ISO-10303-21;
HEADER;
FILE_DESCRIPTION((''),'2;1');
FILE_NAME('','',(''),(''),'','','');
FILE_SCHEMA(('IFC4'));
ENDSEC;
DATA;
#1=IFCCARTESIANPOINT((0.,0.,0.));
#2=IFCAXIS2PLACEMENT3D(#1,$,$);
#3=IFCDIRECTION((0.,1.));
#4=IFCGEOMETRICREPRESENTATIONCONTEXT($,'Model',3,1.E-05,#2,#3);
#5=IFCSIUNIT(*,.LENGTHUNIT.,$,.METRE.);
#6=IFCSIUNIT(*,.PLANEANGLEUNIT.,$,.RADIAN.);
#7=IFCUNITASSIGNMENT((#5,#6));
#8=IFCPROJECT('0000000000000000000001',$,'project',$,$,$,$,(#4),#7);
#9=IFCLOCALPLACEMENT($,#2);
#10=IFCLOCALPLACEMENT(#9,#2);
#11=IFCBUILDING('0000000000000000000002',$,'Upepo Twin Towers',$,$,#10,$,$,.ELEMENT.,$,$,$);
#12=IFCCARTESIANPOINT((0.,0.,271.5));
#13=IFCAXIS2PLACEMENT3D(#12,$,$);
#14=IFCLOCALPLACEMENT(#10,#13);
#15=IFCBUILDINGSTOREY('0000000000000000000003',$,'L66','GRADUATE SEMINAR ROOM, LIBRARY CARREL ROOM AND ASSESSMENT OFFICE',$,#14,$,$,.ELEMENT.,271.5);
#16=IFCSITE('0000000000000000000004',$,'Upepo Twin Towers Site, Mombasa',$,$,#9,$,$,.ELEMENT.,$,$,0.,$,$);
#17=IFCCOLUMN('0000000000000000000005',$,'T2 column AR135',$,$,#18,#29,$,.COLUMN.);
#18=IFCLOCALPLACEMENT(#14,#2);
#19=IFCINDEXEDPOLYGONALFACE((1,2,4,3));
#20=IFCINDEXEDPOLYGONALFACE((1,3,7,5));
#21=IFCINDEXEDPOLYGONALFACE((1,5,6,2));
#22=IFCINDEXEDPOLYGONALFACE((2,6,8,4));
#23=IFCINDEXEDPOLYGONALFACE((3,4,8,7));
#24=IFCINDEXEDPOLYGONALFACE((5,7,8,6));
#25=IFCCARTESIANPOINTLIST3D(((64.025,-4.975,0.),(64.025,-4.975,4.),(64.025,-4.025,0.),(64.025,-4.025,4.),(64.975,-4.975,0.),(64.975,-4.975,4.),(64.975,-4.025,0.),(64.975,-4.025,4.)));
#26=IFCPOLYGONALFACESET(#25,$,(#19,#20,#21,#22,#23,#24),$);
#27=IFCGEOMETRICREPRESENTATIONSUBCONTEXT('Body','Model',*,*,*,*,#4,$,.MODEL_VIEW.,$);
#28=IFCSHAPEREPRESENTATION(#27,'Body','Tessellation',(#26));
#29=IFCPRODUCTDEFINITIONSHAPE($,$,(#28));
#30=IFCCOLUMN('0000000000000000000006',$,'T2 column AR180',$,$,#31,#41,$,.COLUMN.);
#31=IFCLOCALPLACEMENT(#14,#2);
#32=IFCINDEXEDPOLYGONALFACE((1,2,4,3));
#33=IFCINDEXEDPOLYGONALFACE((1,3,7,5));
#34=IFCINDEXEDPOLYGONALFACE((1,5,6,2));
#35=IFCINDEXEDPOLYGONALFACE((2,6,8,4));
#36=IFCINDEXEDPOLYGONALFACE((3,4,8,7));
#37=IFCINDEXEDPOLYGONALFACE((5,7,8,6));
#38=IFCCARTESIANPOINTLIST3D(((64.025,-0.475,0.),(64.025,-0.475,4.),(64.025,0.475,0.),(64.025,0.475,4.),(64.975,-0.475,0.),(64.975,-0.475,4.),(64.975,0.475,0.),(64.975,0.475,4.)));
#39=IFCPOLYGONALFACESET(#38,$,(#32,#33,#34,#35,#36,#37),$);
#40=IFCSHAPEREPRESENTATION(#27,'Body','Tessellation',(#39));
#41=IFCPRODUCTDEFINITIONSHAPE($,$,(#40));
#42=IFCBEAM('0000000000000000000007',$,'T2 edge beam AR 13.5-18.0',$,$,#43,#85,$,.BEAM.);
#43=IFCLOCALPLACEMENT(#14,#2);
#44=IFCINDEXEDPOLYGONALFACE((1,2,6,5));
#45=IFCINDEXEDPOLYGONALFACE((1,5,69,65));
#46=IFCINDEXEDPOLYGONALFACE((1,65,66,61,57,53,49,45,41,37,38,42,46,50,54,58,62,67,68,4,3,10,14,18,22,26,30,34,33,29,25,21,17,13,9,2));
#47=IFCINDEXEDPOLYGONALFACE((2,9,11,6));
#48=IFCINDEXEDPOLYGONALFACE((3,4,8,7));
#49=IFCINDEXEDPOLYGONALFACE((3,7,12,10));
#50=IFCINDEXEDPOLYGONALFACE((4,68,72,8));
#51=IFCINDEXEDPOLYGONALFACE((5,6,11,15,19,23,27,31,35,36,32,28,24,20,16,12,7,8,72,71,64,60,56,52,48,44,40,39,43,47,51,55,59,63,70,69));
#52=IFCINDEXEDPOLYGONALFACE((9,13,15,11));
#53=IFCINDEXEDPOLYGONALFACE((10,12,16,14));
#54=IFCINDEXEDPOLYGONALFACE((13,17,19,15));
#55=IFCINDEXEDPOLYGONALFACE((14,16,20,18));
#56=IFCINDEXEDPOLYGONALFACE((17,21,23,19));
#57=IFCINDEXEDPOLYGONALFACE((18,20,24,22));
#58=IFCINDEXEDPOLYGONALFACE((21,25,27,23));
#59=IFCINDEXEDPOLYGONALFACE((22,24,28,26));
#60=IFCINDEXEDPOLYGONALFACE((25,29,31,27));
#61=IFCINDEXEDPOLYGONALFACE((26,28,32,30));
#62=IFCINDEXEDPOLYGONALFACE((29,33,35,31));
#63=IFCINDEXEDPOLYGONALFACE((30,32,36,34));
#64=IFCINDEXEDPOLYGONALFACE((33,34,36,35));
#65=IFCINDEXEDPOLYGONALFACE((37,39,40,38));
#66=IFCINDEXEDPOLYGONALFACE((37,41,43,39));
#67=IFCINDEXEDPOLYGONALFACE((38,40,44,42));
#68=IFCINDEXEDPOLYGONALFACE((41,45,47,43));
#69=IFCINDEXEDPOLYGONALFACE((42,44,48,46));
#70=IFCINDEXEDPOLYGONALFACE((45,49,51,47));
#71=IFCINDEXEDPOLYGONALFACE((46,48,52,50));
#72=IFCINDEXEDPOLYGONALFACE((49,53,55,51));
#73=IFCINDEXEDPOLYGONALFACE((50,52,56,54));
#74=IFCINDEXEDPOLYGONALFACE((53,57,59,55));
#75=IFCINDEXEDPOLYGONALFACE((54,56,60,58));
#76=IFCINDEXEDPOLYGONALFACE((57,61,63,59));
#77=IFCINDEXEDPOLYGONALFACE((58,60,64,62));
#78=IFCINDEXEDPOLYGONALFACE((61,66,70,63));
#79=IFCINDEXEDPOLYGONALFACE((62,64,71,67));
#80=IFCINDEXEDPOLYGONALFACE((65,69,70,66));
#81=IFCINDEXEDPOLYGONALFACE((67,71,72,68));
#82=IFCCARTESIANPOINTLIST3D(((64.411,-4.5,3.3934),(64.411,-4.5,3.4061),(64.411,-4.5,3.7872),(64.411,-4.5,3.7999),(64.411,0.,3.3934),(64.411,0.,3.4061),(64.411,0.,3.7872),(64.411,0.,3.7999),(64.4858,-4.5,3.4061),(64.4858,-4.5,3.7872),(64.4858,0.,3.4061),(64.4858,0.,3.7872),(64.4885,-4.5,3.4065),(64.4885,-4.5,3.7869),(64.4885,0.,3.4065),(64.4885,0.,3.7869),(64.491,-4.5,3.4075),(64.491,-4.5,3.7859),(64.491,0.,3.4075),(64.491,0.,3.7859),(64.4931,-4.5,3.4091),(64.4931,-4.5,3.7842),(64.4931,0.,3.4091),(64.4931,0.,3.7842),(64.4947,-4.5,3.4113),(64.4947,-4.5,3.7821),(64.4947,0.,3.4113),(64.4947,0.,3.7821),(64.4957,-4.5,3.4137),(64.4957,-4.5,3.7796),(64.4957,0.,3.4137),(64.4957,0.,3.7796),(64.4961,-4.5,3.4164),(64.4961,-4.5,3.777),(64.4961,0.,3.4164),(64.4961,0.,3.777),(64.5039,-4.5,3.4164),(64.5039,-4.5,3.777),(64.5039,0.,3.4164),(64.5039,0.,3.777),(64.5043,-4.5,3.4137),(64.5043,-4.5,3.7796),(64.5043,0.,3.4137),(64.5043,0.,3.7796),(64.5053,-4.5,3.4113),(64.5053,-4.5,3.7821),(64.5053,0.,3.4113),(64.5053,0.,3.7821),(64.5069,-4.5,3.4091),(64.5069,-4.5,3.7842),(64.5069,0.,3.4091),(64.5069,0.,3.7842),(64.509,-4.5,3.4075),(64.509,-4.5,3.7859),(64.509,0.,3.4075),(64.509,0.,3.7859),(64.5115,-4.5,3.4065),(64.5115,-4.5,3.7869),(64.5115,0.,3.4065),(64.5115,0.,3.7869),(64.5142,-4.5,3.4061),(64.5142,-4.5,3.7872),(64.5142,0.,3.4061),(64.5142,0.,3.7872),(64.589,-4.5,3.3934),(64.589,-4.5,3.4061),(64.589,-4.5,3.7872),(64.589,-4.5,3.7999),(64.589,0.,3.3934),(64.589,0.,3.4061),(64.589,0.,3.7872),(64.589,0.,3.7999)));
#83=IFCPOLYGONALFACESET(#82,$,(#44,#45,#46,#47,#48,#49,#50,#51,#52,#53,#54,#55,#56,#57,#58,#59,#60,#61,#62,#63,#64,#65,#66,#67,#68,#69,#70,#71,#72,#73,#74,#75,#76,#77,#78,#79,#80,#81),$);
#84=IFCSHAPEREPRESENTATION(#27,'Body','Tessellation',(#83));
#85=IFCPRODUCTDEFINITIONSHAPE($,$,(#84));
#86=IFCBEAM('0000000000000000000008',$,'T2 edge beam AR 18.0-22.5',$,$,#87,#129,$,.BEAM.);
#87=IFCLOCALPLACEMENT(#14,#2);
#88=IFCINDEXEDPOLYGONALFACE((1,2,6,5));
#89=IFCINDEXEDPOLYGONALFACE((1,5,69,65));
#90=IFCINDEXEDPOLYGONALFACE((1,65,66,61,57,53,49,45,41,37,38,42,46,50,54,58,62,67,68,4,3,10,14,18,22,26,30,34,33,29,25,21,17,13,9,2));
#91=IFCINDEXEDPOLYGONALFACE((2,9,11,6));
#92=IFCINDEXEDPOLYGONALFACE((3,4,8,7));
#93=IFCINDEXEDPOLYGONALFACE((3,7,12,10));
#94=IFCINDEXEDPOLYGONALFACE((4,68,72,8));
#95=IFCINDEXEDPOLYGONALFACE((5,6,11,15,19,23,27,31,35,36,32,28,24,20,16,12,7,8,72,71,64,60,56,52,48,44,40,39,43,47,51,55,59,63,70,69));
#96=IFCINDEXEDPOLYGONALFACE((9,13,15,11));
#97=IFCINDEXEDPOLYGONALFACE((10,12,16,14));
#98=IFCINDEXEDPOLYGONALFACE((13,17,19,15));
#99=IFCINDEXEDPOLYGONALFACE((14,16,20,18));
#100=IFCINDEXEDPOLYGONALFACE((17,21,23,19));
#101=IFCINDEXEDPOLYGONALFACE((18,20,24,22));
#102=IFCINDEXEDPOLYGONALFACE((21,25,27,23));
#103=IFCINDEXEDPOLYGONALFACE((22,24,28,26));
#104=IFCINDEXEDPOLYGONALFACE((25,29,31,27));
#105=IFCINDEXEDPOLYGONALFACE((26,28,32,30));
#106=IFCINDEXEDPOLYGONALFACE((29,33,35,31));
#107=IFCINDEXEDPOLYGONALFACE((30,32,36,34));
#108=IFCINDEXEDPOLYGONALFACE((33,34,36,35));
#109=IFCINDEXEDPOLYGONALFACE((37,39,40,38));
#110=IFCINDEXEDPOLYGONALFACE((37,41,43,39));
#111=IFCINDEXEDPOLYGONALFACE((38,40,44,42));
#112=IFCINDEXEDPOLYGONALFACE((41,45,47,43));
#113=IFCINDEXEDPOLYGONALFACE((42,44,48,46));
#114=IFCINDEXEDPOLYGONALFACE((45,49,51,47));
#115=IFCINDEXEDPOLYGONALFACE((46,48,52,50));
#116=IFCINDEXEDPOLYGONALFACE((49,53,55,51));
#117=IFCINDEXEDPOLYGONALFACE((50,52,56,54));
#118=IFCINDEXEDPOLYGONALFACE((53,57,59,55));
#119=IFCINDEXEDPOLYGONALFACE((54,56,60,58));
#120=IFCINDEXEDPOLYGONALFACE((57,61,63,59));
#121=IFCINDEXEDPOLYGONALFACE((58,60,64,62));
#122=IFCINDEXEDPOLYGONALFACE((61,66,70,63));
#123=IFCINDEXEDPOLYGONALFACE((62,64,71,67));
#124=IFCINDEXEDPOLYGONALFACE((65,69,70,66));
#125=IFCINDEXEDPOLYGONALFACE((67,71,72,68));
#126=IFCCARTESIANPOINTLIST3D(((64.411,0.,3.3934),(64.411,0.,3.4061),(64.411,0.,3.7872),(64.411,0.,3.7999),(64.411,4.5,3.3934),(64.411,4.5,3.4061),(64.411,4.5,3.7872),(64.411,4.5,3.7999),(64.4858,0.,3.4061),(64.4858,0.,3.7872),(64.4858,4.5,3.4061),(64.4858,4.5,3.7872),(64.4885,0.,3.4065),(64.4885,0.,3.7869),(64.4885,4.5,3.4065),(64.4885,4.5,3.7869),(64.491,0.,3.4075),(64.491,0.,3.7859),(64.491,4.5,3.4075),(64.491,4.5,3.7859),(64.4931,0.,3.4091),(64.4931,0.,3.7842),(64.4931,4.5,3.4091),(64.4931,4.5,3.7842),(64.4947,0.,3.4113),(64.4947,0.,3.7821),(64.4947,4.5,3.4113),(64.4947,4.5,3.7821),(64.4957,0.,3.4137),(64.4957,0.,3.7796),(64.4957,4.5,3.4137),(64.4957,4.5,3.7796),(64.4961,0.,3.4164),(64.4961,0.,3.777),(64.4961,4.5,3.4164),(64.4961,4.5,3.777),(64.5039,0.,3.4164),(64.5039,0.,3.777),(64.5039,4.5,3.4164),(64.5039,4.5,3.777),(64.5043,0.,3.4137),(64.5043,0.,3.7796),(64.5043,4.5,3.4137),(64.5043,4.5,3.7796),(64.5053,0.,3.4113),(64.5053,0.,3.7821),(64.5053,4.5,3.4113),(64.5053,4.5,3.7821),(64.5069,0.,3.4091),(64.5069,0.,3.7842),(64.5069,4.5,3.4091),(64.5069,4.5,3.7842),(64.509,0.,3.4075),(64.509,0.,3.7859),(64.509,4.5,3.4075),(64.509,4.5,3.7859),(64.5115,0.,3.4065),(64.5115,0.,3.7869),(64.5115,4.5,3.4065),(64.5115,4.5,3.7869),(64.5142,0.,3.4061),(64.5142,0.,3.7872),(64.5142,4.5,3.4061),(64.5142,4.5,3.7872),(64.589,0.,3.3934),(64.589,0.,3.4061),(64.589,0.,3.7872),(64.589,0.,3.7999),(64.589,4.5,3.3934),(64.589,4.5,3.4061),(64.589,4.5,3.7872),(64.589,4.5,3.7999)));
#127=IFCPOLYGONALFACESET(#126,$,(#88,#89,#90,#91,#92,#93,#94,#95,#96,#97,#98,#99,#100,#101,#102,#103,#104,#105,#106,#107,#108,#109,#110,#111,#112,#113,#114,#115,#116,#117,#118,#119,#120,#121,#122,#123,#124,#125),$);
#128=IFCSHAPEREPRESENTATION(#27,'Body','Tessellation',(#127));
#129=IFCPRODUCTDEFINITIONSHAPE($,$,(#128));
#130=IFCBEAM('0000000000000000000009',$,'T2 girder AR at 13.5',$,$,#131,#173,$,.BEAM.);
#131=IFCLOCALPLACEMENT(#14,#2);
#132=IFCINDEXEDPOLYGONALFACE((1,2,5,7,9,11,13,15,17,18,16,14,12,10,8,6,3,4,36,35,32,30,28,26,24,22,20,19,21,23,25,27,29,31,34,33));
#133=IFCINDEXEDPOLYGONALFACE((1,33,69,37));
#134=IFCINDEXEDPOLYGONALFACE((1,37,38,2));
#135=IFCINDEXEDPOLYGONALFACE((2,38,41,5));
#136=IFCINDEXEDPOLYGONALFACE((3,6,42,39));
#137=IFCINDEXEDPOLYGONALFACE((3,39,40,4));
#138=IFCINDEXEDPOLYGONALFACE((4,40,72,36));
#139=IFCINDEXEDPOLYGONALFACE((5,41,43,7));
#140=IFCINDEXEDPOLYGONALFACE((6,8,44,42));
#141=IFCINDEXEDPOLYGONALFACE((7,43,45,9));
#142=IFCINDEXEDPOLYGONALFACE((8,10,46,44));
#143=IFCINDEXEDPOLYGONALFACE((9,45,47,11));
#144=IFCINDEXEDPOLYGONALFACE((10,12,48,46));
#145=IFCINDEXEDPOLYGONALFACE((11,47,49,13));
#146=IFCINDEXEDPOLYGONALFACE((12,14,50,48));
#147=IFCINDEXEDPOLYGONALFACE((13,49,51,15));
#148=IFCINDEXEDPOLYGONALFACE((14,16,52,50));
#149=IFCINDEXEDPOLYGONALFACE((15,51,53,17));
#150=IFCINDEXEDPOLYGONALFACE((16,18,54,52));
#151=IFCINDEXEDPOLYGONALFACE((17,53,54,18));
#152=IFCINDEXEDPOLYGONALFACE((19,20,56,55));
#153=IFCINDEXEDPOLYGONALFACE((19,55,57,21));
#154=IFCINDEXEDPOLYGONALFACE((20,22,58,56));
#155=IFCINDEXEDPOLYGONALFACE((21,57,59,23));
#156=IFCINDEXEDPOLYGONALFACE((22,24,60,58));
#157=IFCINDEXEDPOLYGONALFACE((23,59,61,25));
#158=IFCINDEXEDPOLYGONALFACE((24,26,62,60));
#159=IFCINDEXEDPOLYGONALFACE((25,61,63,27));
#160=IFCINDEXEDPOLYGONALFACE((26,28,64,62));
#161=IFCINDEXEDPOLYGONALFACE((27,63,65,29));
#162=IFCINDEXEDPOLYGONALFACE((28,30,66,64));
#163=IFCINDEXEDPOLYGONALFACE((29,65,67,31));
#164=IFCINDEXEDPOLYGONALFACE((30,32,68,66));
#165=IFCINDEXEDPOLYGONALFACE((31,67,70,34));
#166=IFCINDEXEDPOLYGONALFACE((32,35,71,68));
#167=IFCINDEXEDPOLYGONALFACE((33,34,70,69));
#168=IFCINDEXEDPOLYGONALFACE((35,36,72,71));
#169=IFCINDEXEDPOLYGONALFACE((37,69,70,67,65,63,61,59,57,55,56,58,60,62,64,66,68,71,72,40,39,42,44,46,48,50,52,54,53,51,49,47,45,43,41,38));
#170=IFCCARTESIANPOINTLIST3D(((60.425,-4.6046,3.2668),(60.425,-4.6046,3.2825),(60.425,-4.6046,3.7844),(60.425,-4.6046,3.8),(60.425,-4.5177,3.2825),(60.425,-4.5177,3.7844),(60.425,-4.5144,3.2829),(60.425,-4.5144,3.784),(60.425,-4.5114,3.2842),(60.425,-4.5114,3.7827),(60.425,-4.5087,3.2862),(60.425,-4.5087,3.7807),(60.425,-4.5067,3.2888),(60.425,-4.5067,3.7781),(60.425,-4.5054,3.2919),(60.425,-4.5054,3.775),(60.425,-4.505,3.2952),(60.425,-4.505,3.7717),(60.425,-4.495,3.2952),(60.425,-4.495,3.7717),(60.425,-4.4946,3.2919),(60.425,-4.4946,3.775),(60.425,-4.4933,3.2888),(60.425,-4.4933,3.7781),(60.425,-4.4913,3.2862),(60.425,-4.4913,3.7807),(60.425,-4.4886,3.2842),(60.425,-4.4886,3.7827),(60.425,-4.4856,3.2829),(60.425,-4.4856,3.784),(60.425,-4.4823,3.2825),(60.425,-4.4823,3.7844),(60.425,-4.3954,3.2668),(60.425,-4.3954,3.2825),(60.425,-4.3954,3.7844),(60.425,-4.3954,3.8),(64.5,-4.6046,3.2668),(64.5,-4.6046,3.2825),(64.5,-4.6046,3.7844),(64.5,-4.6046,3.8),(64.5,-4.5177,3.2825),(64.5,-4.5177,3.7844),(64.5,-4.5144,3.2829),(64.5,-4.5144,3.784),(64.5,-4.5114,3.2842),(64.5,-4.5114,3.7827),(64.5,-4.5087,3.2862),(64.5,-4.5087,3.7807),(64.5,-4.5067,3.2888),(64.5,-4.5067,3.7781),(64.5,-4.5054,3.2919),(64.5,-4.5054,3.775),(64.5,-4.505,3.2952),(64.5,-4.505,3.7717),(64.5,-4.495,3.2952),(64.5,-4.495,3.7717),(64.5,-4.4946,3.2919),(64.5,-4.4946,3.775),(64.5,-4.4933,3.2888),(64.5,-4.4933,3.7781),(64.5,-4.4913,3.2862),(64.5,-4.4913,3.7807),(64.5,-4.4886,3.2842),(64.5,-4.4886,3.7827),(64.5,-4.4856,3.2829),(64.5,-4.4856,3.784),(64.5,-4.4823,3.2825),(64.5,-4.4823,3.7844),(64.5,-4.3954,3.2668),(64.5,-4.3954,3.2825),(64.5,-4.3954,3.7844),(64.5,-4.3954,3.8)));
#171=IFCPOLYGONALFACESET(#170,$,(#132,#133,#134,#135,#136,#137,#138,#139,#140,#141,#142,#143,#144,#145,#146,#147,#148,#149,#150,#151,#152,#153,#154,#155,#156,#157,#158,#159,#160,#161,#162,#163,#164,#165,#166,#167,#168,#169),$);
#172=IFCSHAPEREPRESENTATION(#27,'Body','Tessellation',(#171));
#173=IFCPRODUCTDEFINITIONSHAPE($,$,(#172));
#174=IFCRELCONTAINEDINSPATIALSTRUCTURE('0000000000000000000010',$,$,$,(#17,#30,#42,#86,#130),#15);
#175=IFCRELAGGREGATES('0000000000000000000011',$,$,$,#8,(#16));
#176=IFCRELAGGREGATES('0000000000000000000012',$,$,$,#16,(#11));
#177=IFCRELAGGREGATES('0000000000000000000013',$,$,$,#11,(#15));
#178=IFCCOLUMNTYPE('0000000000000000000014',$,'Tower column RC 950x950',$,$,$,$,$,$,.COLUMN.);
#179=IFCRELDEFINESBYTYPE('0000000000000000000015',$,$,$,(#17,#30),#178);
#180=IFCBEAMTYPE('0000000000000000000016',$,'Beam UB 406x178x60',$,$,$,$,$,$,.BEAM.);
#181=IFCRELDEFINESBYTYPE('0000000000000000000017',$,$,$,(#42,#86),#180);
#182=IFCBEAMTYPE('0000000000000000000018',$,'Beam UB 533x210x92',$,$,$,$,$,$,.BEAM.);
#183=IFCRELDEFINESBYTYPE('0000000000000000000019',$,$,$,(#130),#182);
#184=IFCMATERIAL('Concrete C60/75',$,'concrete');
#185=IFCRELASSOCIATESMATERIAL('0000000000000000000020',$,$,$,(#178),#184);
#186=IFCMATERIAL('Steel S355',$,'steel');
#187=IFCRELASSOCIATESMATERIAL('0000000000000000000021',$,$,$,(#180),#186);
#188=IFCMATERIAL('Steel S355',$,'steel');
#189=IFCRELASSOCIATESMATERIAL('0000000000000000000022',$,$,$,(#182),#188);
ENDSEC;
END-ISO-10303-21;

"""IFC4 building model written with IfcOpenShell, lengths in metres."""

from ifc_helpers import new_model, si_unit, direction, frame, origin, origin_2d, place, context, subcontext, project, spatial, rectangle, i_section, extrude, material, material_profile, profile_set, type_object, element, save


model = new_model("IFC4")

# Units and contexts
model_context = context("Model", 3, precision=1e-05, world=origin(), true_north=direction((0.0, 1.0)))
body_context = subcontext(model_context, "Body", "Model", "MODEL_VIEW")
ifc_project = project(units=[si_unit("LENGTHUNIT", "METRE"), si_unit("PLANEANGLEUNIT", "RADIAN")], contexts=[model_context])

# Site, building, storey
site_placement = place(None, origin())
site = spatial("IfcSite", under=ifc_project, at=site_placement, Name="Upepo Twin Towers Site, Mombasa", CompositionType="ELEMENT", RefElevation=0.0)
building_placement = place(site_placement, origin())
building = spatial("IfcBuilding", under=site, at=building_placement, Name="Upepo Twin Towers", CompositionType="ELEMENT")
storey_placement = place(building_placement, frame((0.0, 0.0, 271.5)))
storey = spatial("IfcBuildingStorey", under=building, at=storey_placement, Name="L66", Description="GRADUATE SEMINAR ROOM, LIBRARY CARREL ROOM AND ASSESSMENT OFFICE", CompositionType="ELEMENT", Elevation=271.5)

# Columns
ifc_material_1 = material(Name="Concrete C60/75", Category="concrete")
ifc_material_profile_1 = material_profile(ifc_material_1, rectangle(XDim=0.95, YDim=0.95, at=origin_2d()), Name="RC 950x950")
ifc_profile_set_1 = profile_set([ifc_material_profile_1], Name="Concrete C60/75")
column_type = type_object("IfcColumnType", Name="Tower column RC 950x950", PredefinedType="COLUMN", material=ifc_profile_set_1)
for number, where, z_axis, x_axis, name in (
    (1, (64.5, -4.5, 0.0), (0.0, 0.0, 1.0), (1.0, 0.0, 0.0), "T2 column AR135"),
    (2, (64.5, 0.0, 0.0), (0.0, 0.0, 1.0), (1.0, 0.0, 0.0), "T2 column AR180"),
):
    element("IfcColumn", number, at=place(storey_placement, frame(where, z_axis=z_axis, x_axis=x_axis)), inside=storey, type_object=column_type, Name=name, PredefinedType="COLUMN", context=body_context, shape_type="SweptSolid", body=[
        extrude(rectangle(XDim=0.95, YDim=0.95, at=origin_2d()), origin(), (0.0, 0.0, 1.0), 4.0),
    ])

# Beams
ifc_material_2 = material(Name="Steel S355", Category="steel")
ifc_material_profile_2 = material_profile(ifc_material_2, i_section(OverallWidth=0.178, OverallDepth=0.4065, WebThickness=0.0078, FlangeThickness=0.0127, FilletRadius=0.0103, at=origin_2d()), Name="UB 406x178x60")
ifc_profile_set_2 = profile_set([ifc_material_profile_2], Name="Steel S355")
beam_type_1 = type_object("IfcBeamType", Name="Beam UB 406x178x60", PredefinedType="BEAM", material=ifc_profile_set_2)
for number, where, z_axis, x_axis, name in (
    (3, (64.5, -4.5, 3.5967), (0.0, 1.0, 0.0), (-1.0, 0.0, 0.0), "T2 edge beam AR 13.5-18.0"),
    (4, (64.5, 0.0, 3.5967), (0.0, 1.0, 0.0), (-1.0, 0.0, 0.0), "T2 edge beam AR 18.0-22.5"),
):
    element("IfcBeam", number, at=place(storey_placement, frame(where, z_axis=z_axis, x_axis=x_axis)), inside=storey, type_object=beam_type_1, Name=name, PredefinedType="BEAM", context=body_context, shape_type="SweptSolid", body=[
        extrude(i_section(OverallWidth=0.178, OverallDepth=0.4065, WebThickness=0.0078, FlangeThickness=0.0127, FilletRadius=0.0103, at=origin_2d()), origin(), (0.0, 0.0, 1.0), 4.5),
    ])
ifc_material_3 = material(Name="Steel S355", Category="steel")
ifc_material_profile_3 = material_profile(ifc_material_3, i_section(OverallWidth=0.2092, OverallDepth=0.5332, WebThickness=0.01, FlangeThickness=0.0156, FilletRadius=0.0127, at=origin_2d()), Name="UB 533x210x92")
ifc_profile_set_3 = profile_set([ifc_material_profile_3], Name="Steel S355")
beam_type_2 = type_object("IfcBeamType", Name="Beam UB 533x210x92", PredefinedType="BEAM", material=ifc_profile_set_3)
for number, where, z_axis, x_axis, name in (
    (5, (64.5, -4.5, 3.5334), (-1.0, 0.0, 0.0), (0.0, -1.0, 0.0), "T2 girder AR at 13.5"),
):
    element("IfcBeam", number, at=place(storey_placement, frame(where, z_axis=z_axis, x_axis=x_axis)), inside=storey, type_object=beam_type_2, Name=name, PredefinedType="BEAM", context=body_context, shape_type="SweptSolid", body=[
        extrude(i_section(OverallWidth=0.2092, OverallDepth=0.5332, WebThickness=0.01, FlangeThickness=0.0156, FilletRadius=0.0127, at=origin_2d()), origin(), (0.0, 0.0, 1.0), 4.075),
    ])

save(model, "model.ifc")
